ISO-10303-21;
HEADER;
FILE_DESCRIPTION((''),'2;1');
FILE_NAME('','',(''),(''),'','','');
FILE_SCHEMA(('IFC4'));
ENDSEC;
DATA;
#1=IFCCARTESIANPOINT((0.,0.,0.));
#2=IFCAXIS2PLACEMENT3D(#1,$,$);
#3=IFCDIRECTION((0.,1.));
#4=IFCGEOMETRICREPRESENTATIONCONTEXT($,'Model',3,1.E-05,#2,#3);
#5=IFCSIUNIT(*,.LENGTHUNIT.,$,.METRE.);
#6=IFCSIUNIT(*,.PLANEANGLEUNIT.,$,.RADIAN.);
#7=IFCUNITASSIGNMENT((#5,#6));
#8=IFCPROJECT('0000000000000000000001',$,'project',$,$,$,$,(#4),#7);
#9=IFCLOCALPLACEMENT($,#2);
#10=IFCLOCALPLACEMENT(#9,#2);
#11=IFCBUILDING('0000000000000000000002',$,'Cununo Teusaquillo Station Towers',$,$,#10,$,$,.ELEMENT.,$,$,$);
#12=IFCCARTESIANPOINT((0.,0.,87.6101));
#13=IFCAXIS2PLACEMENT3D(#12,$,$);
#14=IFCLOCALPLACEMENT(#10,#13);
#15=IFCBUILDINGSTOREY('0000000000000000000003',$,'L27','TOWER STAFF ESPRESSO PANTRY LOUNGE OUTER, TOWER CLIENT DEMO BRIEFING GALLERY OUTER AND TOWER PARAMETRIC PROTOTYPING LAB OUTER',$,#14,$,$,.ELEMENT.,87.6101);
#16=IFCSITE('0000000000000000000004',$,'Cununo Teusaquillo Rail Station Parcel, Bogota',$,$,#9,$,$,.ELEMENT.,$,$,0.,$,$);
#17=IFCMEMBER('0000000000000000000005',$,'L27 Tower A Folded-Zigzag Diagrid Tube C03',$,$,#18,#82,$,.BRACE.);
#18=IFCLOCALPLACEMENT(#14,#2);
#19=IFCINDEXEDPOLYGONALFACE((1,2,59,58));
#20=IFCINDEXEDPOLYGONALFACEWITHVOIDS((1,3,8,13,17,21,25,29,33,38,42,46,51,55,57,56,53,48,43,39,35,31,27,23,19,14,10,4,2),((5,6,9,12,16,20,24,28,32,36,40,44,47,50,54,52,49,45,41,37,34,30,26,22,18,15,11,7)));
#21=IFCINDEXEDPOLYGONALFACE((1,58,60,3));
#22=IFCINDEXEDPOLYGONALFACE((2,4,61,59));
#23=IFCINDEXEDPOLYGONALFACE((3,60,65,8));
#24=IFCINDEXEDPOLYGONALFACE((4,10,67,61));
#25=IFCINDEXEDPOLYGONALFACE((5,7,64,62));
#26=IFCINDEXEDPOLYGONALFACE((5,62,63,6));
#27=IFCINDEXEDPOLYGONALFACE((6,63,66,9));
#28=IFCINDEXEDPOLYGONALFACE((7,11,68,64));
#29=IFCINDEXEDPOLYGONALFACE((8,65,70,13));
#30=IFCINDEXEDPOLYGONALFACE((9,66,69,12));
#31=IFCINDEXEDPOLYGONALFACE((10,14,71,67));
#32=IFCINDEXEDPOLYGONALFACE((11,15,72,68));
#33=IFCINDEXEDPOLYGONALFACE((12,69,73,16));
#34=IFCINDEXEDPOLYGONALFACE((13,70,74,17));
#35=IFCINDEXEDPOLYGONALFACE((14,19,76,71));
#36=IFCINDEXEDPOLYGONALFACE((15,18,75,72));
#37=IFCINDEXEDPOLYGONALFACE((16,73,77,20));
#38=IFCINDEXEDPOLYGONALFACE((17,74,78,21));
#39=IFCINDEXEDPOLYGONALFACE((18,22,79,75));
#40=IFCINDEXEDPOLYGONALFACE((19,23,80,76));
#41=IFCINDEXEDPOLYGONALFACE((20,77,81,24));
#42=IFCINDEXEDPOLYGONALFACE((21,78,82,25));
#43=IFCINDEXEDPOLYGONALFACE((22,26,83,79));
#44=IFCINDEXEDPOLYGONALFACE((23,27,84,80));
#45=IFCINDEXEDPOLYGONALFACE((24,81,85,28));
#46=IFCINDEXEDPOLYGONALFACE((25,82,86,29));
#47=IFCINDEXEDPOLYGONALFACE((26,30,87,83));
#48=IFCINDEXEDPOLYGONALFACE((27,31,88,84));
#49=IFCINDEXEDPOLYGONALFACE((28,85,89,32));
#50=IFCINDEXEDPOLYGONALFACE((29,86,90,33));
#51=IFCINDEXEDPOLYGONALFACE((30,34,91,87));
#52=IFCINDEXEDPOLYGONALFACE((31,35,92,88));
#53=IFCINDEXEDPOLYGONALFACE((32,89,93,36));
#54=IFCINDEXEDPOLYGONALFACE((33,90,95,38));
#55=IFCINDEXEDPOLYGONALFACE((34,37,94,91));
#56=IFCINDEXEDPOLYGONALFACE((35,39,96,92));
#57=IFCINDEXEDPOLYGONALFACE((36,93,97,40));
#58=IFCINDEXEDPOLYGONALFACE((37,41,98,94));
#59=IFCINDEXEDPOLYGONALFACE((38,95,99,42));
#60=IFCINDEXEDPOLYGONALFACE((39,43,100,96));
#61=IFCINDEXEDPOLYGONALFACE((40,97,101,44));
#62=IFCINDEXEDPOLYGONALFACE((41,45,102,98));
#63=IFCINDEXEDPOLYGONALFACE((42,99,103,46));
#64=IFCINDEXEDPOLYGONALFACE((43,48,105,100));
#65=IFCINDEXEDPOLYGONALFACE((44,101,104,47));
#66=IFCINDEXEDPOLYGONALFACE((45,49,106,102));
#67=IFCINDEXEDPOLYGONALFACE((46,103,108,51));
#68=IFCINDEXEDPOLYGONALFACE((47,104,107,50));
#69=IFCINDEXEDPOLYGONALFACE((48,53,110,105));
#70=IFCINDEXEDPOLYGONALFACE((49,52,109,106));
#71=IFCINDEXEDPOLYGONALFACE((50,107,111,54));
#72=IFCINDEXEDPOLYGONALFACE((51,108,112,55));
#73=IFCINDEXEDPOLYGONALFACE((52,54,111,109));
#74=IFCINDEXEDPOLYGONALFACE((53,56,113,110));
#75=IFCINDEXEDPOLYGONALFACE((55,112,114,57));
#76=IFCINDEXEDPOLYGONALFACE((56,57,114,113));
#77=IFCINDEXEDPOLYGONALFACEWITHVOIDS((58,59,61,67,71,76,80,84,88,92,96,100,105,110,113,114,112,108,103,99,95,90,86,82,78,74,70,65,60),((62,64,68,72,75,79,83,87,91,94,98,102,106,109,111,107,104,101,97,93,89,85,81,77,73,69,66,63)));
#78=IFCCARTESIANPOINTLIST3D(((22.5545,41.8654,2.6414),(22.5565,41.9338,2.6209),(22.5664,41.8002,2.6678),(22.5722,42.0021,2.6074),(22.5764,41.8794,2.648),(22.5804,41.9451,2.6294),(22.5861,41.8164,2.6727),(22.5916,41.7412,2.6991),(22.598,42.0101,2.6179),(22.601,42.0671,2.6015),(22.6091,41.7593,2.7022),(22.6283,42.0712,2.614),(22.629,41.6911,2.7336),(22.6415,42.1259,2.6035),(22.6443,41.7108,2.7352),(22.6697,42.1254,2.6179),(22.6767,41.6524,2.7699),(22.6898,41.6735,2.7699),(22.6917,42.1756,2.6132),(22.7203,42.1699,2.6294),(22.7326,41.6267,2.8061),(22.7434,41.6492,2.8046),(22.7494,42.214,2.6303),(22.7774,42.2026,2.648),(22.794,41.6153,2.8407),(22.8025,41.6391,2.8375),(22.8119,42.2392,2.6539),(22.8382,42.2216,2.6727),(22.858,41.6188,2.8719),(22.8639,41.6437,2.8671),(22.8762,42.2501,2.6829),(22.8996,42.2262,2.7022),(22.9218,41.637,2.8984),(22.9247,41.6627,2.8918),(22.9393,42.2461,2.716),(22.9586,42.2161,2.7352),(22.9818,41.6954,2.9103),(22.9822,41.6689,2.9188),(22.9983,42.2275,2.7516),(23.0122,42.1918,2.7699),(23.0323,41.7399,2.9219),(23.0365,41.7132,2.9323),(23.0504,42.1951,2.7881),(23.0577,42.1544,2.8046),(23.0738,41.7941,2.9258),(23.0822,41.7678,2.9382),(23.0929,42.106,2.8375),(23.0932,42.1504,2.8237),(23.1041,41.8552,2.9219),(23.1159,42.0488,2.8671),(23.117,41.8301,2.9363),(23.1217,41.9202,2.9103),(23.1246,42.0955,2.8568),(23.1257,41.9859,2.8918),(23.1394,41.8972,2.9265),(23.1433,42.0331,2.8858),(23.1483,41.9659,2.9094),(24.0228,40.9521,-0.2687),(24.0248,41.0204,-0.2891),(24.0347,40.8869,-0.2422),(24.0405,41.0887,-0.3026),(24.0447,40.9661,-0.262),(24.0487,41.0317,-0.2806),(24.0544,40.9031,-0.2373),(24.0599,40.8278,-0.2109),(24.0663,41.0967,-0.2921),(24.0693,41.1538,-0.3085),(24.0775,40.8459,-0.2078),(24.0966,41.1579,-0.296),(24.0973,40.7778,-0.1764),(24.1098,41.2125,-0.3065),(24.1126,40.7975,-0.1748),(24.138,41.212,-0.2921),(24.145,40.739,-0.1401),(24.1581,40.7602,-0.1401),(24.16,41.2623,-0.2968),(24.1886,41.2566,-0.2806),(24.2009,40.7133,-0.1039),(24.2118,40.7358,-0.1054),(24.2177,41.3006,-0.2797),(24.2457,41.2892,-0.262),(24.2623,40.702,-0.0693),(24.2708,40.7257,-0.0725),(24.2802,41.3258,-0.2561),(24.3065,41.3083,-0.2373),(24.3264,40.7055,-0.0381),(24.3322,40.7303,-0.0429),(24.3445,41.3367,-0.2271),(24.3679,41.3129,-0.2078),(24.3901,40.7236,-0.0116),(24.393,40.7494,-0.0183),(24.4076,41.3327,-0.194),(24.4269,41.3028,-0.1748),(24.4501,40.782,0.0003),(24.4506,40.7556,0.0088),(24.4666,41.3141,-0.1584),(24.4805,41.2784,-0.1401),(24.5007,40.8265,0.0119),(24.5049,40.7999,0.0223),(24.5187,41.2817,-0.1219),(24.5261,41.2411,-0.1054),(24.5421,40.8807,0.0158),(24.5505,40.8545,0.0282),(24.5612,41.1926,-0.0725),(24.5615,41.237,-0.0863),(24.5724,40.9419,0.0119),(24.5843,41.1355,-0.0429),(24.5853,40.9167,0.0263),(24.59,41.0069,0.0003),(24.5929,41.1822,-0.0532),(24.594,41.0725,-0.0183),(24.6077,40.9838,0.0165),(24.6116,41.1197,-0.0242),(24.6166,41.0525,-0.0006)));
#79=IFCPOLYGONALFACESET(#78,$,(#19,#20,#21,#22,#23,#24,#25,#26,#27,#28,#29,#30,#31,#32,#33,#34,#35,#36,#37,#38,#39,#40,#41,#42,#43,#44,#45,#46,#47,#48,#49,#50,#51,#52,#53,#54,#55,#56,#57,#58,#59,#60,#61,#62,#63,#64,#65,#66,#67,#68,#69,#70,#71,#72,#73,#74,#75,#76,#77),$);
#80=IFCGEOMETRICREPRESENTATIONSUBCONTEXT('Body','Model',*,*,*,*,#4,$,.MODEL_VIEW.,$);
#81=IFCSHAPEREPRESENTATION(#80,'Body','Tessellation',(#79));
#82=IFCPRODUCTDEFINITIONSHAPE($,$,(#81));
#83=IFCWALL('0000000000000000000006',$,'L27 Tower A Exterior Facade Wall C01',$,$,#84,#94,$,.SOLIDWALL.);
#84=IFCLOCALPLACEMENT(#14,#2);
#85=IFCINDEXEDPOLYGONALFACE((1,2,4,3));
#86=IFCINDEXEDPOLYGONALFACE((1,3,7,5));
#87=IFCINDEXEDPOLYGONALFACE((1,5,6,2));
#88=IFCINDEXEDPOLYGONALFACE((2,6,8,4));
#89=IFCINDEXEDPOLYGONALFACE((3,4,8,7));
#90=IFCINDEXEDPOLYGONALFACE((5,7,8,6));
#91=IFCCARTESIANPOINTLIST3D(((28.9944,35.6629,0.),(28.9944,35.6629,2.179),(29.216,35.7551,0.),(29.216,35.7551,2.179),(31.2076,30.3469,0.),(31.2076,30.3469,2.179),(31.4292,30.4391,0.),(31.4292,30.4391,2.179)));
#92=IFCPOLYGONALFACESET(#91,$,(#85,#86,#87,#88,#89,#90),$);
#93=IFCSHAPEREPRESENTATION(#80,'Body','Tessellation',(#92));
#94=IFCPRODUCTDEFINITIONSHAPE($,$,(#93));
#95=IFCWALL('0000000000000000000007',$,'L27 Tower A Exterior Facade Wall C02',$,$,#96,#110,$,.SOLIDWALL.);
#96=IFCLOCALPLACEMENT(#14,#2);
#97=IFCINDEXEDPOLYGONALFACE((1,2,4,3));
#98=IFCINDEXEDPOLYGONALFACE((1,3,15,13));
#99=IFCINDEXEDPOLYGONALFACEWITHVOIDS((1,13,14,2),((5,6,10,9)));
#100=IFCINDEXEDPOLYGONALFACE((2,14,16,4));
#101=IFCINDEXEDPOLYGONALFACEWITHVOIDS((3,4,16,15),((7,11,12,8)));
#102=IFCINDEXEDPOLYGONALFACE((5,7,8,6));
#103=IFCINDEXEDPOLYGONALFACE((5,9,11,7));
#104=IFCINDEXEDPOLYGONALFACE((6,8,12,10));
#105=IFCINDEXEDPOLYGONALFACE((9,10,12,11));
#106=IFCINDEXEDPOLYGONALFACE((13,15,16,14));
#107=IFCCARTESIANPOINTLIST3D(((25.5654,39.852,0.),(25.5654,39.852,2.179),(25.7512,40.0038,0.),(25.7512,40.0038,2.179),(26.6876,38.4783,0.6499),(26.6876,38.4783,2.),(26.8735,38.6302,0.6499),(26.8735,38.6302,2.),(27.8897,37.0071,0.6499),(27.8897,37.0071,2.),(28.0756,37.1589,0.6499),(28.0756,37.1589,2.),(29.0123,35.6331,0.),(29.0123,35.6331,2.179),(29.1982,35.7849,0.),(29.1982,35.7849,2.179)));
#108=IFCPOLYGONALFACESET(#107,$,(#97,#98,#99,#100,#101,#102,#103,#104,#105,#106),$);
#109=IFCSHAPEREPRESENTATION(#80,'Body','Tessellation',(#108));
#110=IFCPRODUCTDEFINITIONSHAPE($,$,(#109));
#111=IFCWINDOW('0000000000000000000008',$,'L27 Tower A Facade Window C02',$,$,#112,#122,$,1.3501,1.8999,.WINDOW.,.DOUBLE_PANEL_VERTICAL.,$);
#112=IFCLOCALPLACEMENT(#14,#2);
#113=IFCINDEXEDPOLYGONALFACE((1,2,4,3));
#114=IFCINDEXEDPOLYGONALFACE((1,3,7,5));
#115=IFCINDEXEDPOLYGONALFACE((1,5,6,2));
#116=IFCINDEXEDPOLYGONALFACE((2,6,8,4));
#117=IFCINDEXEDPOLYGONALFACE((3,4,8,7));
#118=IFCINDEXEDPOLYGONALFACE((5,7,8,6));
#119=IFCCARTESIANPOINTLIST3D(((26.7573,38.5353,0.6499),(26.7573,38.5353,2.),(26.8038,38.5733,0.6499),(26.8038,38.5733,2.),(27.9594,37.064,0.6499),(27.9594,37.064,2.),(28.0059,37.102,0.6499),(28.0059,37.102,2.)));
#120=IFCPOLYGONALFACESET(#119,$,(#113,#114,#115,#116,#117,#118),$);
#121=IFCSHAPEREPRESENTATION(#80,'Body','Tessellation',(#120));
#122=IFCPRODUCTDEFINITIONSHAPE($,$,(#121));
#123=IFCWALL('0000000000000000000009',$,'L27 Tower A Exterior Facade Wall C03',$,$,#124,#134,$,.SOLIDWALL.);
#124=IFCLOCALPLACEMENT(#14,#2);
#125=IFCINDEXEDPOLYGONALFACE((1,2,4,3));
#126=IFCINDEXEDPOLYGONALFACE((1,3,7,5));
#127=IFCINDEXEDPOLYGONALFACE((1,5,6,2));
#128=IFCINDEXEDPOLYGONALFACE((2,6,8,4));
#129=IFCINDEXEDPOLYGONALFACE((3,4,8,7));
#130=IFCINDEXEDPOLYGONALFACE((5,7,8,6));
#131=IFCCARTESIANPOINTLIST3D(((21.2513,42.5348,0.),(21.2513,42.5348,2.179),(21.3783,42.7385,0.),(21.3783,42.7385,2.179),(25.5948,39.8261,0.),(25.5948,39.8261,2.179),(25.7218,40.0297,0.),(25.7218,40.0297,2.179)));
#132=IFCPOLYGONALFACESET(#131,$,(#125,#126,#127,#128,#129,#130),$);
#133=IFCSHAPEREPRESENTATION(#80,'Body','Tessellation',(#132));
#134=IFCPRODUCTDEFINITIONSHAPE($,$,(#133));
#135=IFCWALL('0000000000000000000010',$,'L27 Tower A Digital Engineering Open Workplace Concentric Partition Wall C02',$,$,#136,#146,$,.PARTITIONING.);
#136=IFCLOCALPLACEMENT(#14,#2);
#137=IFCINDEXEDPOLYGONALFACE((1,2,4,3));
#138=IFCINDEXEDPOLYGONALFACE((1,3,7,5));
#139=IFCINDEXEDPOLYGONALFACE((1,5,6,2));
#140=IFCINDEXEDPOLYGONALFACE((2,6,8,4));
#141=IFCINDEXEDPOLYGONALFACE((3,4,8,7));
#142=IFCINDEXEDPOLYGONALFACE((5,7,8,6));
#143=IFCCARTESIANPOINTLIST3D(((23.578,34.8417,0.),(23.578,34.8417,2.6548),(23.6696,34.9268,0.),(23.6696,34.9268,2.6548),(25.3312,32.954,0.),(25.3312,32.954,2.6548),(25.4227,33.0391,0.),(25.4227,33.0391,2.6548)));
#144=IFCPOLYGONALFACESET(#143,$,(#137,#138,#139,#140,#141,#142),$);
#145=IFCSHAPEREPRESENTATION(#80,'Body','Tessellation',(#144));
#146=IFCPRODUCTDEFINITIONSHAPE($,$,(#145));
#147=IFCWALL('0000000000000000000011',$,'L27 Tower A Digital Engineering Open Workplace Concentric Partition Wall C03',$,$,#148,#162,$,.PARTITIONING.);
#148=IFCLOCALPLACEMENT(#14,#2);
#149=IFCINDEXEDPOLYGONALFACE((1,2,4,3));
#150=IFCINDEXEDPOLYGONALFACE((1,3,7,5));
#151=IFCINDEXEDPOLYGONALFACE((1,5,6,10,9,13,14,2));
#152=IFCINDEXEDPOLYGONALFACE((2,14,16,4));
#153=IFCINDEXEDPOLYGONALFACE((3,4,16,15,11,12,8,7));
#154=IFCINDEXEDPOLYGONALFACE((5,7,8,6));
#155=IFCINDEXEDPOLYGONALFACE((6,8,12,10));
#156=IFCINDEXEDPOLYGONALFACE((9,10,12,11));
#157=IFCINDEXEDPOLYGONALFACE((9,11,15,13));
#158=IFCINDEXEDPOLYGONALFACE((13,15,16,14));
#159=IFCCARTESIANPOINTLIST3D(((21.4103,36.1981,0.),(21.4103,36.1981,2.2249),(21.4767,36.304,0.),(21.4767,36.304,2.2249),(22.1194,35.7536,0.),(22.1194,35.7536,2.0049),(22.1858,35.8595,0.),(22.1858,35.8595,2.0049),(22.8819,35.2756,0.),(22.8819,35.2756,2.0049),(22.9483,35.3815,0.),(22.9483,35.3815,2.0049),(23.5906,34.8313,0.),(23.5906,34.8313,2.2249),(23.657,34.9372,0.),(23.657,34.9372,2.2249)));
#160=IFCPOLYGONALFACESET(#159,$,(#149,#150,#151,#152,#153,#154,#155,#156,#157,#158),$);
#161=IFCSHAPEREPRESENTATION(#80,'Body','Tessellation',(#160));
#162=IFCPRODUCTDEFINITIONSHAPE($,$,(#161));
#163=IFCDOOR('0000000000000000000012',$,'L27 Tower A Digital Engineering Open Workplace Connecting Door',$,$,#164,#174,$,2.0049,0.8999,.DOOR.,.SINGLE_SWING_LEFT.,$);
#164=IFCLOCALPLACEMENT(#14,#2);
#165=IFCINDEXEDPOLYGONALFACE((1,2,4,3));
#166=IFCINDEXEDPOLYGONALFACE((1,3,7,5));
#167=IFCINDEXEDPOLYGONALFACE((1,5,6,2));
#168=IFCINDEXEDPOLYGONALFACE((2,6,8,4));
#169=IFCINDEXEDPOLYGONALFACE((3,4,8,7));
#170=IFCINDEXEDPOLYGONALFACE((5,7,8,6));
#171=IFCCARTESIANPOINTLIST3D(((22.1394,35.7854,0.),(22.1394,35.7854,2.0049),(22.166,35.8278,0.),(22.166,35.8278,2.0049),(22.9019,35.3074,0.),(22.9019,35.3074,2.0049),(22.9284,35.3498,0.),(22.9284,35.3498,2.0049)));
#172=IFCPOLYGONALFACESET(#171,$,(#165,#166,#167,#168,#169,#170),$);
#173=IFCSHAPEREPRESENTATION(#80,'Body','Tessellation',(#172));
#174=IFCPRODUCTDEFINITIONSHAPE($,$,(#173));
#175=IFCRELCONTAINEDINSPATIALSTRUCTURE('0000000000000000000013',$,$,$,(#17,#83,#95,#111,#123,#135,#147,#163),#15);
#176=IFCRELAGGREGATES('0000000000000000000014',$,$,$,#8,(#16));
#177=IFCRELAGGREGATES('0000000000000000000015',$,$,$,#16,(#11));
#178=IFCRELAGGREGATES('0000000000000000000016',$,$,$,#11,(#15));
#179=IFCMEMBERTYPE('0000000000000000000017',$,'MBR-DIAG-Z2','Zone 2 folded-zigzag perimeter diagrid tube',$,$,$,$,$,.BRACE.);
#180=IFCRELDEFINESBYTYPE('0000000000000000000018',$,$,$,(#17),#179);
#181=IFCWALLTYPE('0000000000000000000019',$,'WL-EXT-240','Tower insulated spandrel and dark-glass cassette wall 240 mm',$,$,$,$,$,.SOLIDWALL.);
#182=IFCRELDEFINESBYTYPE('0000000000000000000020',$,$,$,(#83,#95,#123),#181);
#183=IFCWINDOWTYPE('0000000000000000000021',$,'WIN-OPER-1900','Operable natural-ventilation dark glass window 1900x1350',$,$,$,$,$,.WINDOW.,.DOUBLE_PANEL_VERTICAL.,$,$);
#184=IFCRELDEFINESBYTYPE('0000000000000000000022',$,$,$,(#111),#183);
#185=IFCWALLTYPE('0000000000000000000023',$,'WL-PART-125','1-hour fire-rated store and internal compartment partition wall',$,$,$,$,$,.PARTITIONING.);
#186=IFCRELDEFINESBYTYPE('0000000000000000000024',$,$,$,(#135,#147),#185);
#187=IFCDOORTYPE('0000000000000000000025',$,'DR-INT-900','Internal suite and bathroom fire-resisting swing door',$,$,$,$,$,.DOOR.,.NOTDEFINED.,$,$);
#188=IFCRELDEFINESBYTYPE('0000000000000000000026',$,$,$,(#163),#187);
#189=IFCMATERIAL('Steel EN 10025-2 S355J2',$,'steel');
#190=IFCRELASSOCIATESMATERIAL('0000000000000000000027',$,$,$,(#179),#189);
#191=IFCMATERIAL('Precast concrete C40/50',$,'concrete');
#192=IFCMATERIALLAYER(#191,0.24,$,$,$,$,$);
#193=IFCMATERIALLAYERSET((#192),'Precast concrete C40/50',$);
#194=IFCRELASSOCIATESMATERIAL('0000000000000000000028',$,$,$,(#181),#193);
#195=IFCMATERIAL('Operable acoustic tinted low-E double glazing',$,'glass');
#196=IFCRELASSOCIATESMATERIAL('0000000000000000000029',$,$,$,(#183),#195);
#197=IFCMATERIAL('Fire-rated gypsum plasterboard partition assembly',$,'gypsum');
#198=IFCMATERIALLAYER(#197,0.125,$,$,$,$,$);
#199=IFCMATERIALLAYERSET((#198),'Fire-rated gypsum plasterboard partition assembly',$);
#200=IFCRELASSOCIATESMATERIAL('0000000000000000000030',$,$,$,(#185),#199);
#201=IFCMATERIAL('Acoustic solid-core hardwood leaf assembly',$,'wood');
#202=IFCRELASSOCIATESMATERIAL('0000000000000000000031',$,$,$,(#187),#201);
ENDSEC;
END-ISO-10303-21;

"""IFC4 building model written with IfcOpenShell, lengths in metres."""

from ifc_helpers import new_model, si_unit, direction, frame, frame_2d, origin, origin_2d, place, context, subcontext, project, spatial, rectangle, hollow_circle, extrude, source, transform, mapped, material, layer, layer_set, material_profile, profile_set, type_object, element, fill, save


model = new_model("IFC4")

# Units and contexts
model_context = context("Model", 3, precision=1e-05, world=origin(), true_north=direction((0.0, 1.0)))
body_context = subcontext(model_context, "Body", "Model", "MODEL_VIEW")
ifc_project = project(units=[si_unit("LENGTHUNIT", "METRE"), si_unit("PLANEANGLEUNIT", "RADIAN")], contexts=[model_context])

# Site, building, storey
site_placement = place(None, origin())
site = spatial("IfcSite", under=ifc_project, at=site_placement, Name="Cununo Teusaquillo Rail Station Parcel, Bogota", CompositionType="ELEMENT", RefElevation=0.0)
building_placement = place(site_placement, origin())
building = spatial("IfcBuilding", under=site, at=building_placement, Name="Cununo Teusaquillo Station Towers", CompositionType="ELEMENT")
storey_placement = place(building_placement, frame((0.0, 0.0, 87.6101)))
storey = spatial("IfcBuildingStorey", under=building, at=storey_placement, Name="L27", Description="TOWER STAFF ESPRESSO PANTRY LOUNGE OUTER, TOWER CLIENT DEMO BRIEFING GALLERY OUTER AND TOWER PARAMETRIC PROTOTYPING LAB OUTER", CompositionType="ELEMENT", Elevation=87.6101)

# Member
ifc_material_1 = material(Name="Steel EN 10025-2 S355J2", Category="steel")
ifc_material_profile_1 = material_profile(ifc_material_1, hollow_circle(Radius=0.3301, WallThickness=0.0249, at=origin_2d()), Name="CHS 660x25")
ifc_profile_set_1 = profile_set([ifc_material_profile_1], Name="Steel EN 10025-2 S355J2")
member_type = type_object("IfcMemberType", Name="MBR-DIAG-Z2", Description="Zone 2 folded-zigzag perimeter diagrid tube", PredefinedType="BRACE", material=ifc_profile_set_1)
member_1_placement = place(storey_placement, frame((24.3193, 41.0193, -0.1401), z_axis=(-0.433768, 0.269825, 0.859674), x_axis=(-0.528196, -0.849123, 0.0)))
element("IfcMember", 1, at=member_1_placement, inside=storey, type_object=member_type, Name="L27 Tower A Folded-Zigzag Diagrid Tube C03", PredefinedType="BRACE", context=body_context, shape_type="SweptSolid", body=[
    extrude(hollow_circle(Radius=0.3301, WallThickness=0.0249, at=origin_2d()), origin(), (0.0, 0.0, 1.0), 3.385),
])

# Wall
ifc_material_2 = material(Name="Precast concrete C40/50", Category="concrete")
ifc_layer_1 = layer(ifc_material_2, 0.24)
ifc_layer_set_1 = layer_set([ifc_layer_1], Name="Precast concrete C40/50")
wall_type_1 = type_object("IfcWallType", Name="WL-EXT-240", Description="Tower insulated spandrel and dark-glass cassette wall 240 mm", PredefinedType="SOLIDWALL", material=ifc_layer_set_1)
wall_1_placement = place(storey_placement, frame((29.1052, 35.709, 0.0), z_axis=(0.0, 0.0, 1.0), x_axis=(0.384344, -0.92319, 0.0)))
element("IfcWall", 2, at=wall_1_placement, inside=storey, type_object=wall_type_1, Name="L27 Tower A Exterior Facade Wall C01", PredefinedType="SOLIDWALL", context=body_context, shape_type="SweptSolid", body=[
    extrude(rectangle(XDim=5.7583, YDim=0.24, at=frame_2d((2.8792, 0.0))), origin(), (0.0, 0.0, 1.0), 2.179),
])

# Wall, opening, window
wall_2_placement = place(storey_placement, frame((25.6582, 39.928, 0.0), z_axis=(0.0, 0.0, 1.0), x_axis=(0.632701, -0.774396, 0.0)))
wall_2 = element("IfcWall", 3, at=wall_2_placement, inside=storey, type_object=wall_type_1, Name="L27 Tower A Exterior Facade Wall C02", PredefinedType="SOLIDWALL", context=body_context, shape_type="SweptSolid", body=[
    extrude(rectangle(XDim=5.448, YDim=0.24, at=frame_2d((2.7241, 0.0))), origin(), (0.0, 0.0, 1.0), 2.179),
])
shared_shape_1 = source(origin(), body_context, "Body", "SweptSolid", [
    extrude(rectangle(XDim=1.8999, YDim=1.3501, at=frame_2d((0.95, 0.675))), frame((0.0, 0.1299, 0.0), z_axis=(0.0, -1.0, 0.0), x_axis=(1.0, 0.0, 0.0)), (0.0, 0.0, 1.0), 0.26),
])
opening_1_placement = place(wall_2_placement, frame((1.7739, 0.0, 0.6499)))
opening_1 = element("IfcOpeningElement", 4, at=opening_1_placement, cuts=wall_2, PredefinedType="OPENING", context=body_context, shape_type="MappedRepresentation", body=[
    mapped(shared_shape_1, transform((0.0, 0.0, 0.0), x_axis=(1.0, 0.0, 0.0), y_axis=(0.0, 1.0, 0.0), z_axis=(0.0, 0.0, 1.0), scale=1.0)),
])
ifc_material_3 = material(Name="Operable acoustic tinted low-E double glazing", Category="glass")
window_type = type_object("IfcWindowType", Name="WIN-OPER-1900", Description="Operable natural-ventilation dark glass window 1900x1350", PartitioningType="DOUBLE_PANEL_VERTICAL", PredefinedType="WINDOW", material=ifc_material_3)
shared_shape_2 = source(origin(), body_context, "Body", "SweptSolid", [
    extrude(rectangle(XDim=1.8999, YDim=1.3501, at=frame_2d((0.95, 0.675))), frame((0.0, 0.03, 0.0), z_axis=(0.0, -1.0, 0.0), x_axis=(1.0, 0.0, 0.0)), (0.0, 0.0, 1.0), 0.0601),
])
window_placement = place(opening_1_placement, origin())
window = element("IfcWindow", 5, at=window_placement, inside=storey, type_object=window_type, Name="L27 Tower A Facade Window C02", OverallHeight=1.3501, OverallWidth=1.8999, PartitioningType="DOUBLE_PANEL_VERTICAL", PredefinedType="WINDOW", context=body_context, shape_type="MappedRepresentation", body=[
    mapped(shared_shape_2, transform((0.0, 0.0, 0.0), x_axis=(1.0, 0.0, 0.0), y_axis=(0.0, 1.0, 0.0), z_axis=(0.0, 0.0, 1.0), scale=1.0)),
])
fill(opening_1, window)

# Walls
wall_3_placement = place(storey_placement, frame((21.3147, 42.6367, 0.0), z_axis=(0.0, 0.0, 1.0), x_axis=(0.84852, -0.529163, 0.0)))
element("IfcWall", 6, at=wall_3_placement, inside=storey, type_object=wall_type_1, Name="L27 Tower A Exterior Facade Wall C03", PredefinedType="SOLIDWALL", context=body_context, shape_type="SweptSolid", body=[
    extrude(rectangle(XDim=5.1189, YDim=0.24, at=frame_2d((2.5596, 0.0))), origin(), (0.0, 0.0, 1.0), 2.179),
])
ifc_material_4 = material(Name="Fire-rated gypsum plasterboard partition assembly", Category="gypsum")
ifc_layer_2 = layer(ifc_material_4, 0.125)
ifc_layer_set_2 = layer_set([ifc_layer_2], Name="Fire-rated gypsum plasterboard partition assembly")
wall_type_2 = type_object("IfcWallType", Name="WL-PART-125", Description="1-hour fire-rated store and internal compartment partition wall", PredefinedType="PARTITIONING", material=ifc_layer_set_2)
wall_4_placement = place(storey_placement, frame((25.377, 32.9966, 0.0), z_axis=(0.0, 0.0, 1.0), x_axis=(-0.680517, 0.732733, 0.0)))
element("IfcWall", 7, at=wall_4_placement, inside=storey, type_object=wall_type_2, Name="L27 Tower A Digital Engineering Open Workplace Concentric Partition Wall C02", PredefinedType="PARTITIONING", context=body_context, shape_type="SweptSolid", body=[
    extrude(rectangle(XDim=2.5762, YDim=0.125, at=frame_2d((1.2881, 0.0))), origin(), (0.0, 0.0, 1.0), 2.6548),
])

# Wall, opening, door
wall_5_placement = place(storey_placement, frame((23.6238, 34.8843, 0.0), z_axis=(0.0, 0.0, 1.0), x_axis=(-0.847283, 0.531141, 0.0)))
wall_5 = element("IfcWall", 8, at=wall_5_placement, inside=storey, type_object=wall_type_2, Name="L27 Tower A Digital Engineering Open Workplace Concentric Partition Wall C03", PredefinedType="PARTITIONING", context=body_context, shape_type="SweptSolid", body=[
    extrude(rectangle(XDim=2.5732, YDim=0.125, at=frame_2d((1.2866, 0.0))), origin(), (0.0, 0.0, 1.0), 2.2249),
])
shared_shape_3 = source(origin(), body_context, "Body", "SweptSolid", [
    extrude(rectangle(XDim=0.8999, YDim=2.0049, at=frame_2d((0.45, 1.0024))), frame((0.0, 0.0725, 0.0), z_axis=(0.0, -1.0, 0.0), x_axis=(1.0, 0.0, 0.0)), (0.0, 0.0, 1.0), 0.145),
])
opening_2_placement = place(wall_5_placement, frame((0.8364, 0.0, 0.0)))
opening_2 = element("IfcOpeningElement", 9, at=opening_2_placement, cuts=wall_5, PredefinedType="OPENING", context=body_context, shape_type="MappedRepresentation", body=[
    mapped(shared_shape_3, transform((0.0, 0.0, 0.0), x_axis=(1.0, 0.0, 0.0), y_axis=(0.0, 1.0, 0.0), z_axis=(0.0, 0.0, 1.0), scale=1.0)),
])
ifc_material_5 = material(Name="Acoustic solid-core hardwood leaf assembly", Category="wood")
door_type_1 = type_object("IfcDoorType", Name="DR-INT-900", Description="Internal suite and bathroom fire-resisting swing door", OperationType="NOTDEFINED", PredefinedType="DOOR", material=ifc_material_5)
shared_shape_4 = source(origin(), body_context, "Body", "SweptSolid", [
    extrude(rectangle(XDim=0.8999, YDim=2.0049, at=frame_2d((0.45, 1.0024))), frame((0.0, 0.0249, 0.0), z_axis=(0.0, -1.0, 0.0), x_axis=(1.0, 0.0, 0.0)), (0.0, 0.0, 1.0), 0.05),
])
door_1_placement = place(opening_2_placement, origin())
door_1 = element("IfcDoor", 10, at=door_1_placement, inside=storey, type_object=door_type_1, Name="L27 Tower A Digital Engineering Open Workplace Connecting Door", OperationType="SINGLE_SWING_LEFT", OverallHeight=2.0049, OverallWidth=0.8999, PredefinedType="DOOR", context=body_context, shape_type="MappedRepresentation", body=[
    mapped(shared_shape_4, transform((0.0, 0.0, 0.0), x_axis=(1.0, 0.0, 0.0), y_axis=(0.0, 1.0, 0.0), z_axis=(0.0, 0.0, 1.0), scale=1.0)),
])
fill(opening_2, door_1)

save(model, "model.ifc")
